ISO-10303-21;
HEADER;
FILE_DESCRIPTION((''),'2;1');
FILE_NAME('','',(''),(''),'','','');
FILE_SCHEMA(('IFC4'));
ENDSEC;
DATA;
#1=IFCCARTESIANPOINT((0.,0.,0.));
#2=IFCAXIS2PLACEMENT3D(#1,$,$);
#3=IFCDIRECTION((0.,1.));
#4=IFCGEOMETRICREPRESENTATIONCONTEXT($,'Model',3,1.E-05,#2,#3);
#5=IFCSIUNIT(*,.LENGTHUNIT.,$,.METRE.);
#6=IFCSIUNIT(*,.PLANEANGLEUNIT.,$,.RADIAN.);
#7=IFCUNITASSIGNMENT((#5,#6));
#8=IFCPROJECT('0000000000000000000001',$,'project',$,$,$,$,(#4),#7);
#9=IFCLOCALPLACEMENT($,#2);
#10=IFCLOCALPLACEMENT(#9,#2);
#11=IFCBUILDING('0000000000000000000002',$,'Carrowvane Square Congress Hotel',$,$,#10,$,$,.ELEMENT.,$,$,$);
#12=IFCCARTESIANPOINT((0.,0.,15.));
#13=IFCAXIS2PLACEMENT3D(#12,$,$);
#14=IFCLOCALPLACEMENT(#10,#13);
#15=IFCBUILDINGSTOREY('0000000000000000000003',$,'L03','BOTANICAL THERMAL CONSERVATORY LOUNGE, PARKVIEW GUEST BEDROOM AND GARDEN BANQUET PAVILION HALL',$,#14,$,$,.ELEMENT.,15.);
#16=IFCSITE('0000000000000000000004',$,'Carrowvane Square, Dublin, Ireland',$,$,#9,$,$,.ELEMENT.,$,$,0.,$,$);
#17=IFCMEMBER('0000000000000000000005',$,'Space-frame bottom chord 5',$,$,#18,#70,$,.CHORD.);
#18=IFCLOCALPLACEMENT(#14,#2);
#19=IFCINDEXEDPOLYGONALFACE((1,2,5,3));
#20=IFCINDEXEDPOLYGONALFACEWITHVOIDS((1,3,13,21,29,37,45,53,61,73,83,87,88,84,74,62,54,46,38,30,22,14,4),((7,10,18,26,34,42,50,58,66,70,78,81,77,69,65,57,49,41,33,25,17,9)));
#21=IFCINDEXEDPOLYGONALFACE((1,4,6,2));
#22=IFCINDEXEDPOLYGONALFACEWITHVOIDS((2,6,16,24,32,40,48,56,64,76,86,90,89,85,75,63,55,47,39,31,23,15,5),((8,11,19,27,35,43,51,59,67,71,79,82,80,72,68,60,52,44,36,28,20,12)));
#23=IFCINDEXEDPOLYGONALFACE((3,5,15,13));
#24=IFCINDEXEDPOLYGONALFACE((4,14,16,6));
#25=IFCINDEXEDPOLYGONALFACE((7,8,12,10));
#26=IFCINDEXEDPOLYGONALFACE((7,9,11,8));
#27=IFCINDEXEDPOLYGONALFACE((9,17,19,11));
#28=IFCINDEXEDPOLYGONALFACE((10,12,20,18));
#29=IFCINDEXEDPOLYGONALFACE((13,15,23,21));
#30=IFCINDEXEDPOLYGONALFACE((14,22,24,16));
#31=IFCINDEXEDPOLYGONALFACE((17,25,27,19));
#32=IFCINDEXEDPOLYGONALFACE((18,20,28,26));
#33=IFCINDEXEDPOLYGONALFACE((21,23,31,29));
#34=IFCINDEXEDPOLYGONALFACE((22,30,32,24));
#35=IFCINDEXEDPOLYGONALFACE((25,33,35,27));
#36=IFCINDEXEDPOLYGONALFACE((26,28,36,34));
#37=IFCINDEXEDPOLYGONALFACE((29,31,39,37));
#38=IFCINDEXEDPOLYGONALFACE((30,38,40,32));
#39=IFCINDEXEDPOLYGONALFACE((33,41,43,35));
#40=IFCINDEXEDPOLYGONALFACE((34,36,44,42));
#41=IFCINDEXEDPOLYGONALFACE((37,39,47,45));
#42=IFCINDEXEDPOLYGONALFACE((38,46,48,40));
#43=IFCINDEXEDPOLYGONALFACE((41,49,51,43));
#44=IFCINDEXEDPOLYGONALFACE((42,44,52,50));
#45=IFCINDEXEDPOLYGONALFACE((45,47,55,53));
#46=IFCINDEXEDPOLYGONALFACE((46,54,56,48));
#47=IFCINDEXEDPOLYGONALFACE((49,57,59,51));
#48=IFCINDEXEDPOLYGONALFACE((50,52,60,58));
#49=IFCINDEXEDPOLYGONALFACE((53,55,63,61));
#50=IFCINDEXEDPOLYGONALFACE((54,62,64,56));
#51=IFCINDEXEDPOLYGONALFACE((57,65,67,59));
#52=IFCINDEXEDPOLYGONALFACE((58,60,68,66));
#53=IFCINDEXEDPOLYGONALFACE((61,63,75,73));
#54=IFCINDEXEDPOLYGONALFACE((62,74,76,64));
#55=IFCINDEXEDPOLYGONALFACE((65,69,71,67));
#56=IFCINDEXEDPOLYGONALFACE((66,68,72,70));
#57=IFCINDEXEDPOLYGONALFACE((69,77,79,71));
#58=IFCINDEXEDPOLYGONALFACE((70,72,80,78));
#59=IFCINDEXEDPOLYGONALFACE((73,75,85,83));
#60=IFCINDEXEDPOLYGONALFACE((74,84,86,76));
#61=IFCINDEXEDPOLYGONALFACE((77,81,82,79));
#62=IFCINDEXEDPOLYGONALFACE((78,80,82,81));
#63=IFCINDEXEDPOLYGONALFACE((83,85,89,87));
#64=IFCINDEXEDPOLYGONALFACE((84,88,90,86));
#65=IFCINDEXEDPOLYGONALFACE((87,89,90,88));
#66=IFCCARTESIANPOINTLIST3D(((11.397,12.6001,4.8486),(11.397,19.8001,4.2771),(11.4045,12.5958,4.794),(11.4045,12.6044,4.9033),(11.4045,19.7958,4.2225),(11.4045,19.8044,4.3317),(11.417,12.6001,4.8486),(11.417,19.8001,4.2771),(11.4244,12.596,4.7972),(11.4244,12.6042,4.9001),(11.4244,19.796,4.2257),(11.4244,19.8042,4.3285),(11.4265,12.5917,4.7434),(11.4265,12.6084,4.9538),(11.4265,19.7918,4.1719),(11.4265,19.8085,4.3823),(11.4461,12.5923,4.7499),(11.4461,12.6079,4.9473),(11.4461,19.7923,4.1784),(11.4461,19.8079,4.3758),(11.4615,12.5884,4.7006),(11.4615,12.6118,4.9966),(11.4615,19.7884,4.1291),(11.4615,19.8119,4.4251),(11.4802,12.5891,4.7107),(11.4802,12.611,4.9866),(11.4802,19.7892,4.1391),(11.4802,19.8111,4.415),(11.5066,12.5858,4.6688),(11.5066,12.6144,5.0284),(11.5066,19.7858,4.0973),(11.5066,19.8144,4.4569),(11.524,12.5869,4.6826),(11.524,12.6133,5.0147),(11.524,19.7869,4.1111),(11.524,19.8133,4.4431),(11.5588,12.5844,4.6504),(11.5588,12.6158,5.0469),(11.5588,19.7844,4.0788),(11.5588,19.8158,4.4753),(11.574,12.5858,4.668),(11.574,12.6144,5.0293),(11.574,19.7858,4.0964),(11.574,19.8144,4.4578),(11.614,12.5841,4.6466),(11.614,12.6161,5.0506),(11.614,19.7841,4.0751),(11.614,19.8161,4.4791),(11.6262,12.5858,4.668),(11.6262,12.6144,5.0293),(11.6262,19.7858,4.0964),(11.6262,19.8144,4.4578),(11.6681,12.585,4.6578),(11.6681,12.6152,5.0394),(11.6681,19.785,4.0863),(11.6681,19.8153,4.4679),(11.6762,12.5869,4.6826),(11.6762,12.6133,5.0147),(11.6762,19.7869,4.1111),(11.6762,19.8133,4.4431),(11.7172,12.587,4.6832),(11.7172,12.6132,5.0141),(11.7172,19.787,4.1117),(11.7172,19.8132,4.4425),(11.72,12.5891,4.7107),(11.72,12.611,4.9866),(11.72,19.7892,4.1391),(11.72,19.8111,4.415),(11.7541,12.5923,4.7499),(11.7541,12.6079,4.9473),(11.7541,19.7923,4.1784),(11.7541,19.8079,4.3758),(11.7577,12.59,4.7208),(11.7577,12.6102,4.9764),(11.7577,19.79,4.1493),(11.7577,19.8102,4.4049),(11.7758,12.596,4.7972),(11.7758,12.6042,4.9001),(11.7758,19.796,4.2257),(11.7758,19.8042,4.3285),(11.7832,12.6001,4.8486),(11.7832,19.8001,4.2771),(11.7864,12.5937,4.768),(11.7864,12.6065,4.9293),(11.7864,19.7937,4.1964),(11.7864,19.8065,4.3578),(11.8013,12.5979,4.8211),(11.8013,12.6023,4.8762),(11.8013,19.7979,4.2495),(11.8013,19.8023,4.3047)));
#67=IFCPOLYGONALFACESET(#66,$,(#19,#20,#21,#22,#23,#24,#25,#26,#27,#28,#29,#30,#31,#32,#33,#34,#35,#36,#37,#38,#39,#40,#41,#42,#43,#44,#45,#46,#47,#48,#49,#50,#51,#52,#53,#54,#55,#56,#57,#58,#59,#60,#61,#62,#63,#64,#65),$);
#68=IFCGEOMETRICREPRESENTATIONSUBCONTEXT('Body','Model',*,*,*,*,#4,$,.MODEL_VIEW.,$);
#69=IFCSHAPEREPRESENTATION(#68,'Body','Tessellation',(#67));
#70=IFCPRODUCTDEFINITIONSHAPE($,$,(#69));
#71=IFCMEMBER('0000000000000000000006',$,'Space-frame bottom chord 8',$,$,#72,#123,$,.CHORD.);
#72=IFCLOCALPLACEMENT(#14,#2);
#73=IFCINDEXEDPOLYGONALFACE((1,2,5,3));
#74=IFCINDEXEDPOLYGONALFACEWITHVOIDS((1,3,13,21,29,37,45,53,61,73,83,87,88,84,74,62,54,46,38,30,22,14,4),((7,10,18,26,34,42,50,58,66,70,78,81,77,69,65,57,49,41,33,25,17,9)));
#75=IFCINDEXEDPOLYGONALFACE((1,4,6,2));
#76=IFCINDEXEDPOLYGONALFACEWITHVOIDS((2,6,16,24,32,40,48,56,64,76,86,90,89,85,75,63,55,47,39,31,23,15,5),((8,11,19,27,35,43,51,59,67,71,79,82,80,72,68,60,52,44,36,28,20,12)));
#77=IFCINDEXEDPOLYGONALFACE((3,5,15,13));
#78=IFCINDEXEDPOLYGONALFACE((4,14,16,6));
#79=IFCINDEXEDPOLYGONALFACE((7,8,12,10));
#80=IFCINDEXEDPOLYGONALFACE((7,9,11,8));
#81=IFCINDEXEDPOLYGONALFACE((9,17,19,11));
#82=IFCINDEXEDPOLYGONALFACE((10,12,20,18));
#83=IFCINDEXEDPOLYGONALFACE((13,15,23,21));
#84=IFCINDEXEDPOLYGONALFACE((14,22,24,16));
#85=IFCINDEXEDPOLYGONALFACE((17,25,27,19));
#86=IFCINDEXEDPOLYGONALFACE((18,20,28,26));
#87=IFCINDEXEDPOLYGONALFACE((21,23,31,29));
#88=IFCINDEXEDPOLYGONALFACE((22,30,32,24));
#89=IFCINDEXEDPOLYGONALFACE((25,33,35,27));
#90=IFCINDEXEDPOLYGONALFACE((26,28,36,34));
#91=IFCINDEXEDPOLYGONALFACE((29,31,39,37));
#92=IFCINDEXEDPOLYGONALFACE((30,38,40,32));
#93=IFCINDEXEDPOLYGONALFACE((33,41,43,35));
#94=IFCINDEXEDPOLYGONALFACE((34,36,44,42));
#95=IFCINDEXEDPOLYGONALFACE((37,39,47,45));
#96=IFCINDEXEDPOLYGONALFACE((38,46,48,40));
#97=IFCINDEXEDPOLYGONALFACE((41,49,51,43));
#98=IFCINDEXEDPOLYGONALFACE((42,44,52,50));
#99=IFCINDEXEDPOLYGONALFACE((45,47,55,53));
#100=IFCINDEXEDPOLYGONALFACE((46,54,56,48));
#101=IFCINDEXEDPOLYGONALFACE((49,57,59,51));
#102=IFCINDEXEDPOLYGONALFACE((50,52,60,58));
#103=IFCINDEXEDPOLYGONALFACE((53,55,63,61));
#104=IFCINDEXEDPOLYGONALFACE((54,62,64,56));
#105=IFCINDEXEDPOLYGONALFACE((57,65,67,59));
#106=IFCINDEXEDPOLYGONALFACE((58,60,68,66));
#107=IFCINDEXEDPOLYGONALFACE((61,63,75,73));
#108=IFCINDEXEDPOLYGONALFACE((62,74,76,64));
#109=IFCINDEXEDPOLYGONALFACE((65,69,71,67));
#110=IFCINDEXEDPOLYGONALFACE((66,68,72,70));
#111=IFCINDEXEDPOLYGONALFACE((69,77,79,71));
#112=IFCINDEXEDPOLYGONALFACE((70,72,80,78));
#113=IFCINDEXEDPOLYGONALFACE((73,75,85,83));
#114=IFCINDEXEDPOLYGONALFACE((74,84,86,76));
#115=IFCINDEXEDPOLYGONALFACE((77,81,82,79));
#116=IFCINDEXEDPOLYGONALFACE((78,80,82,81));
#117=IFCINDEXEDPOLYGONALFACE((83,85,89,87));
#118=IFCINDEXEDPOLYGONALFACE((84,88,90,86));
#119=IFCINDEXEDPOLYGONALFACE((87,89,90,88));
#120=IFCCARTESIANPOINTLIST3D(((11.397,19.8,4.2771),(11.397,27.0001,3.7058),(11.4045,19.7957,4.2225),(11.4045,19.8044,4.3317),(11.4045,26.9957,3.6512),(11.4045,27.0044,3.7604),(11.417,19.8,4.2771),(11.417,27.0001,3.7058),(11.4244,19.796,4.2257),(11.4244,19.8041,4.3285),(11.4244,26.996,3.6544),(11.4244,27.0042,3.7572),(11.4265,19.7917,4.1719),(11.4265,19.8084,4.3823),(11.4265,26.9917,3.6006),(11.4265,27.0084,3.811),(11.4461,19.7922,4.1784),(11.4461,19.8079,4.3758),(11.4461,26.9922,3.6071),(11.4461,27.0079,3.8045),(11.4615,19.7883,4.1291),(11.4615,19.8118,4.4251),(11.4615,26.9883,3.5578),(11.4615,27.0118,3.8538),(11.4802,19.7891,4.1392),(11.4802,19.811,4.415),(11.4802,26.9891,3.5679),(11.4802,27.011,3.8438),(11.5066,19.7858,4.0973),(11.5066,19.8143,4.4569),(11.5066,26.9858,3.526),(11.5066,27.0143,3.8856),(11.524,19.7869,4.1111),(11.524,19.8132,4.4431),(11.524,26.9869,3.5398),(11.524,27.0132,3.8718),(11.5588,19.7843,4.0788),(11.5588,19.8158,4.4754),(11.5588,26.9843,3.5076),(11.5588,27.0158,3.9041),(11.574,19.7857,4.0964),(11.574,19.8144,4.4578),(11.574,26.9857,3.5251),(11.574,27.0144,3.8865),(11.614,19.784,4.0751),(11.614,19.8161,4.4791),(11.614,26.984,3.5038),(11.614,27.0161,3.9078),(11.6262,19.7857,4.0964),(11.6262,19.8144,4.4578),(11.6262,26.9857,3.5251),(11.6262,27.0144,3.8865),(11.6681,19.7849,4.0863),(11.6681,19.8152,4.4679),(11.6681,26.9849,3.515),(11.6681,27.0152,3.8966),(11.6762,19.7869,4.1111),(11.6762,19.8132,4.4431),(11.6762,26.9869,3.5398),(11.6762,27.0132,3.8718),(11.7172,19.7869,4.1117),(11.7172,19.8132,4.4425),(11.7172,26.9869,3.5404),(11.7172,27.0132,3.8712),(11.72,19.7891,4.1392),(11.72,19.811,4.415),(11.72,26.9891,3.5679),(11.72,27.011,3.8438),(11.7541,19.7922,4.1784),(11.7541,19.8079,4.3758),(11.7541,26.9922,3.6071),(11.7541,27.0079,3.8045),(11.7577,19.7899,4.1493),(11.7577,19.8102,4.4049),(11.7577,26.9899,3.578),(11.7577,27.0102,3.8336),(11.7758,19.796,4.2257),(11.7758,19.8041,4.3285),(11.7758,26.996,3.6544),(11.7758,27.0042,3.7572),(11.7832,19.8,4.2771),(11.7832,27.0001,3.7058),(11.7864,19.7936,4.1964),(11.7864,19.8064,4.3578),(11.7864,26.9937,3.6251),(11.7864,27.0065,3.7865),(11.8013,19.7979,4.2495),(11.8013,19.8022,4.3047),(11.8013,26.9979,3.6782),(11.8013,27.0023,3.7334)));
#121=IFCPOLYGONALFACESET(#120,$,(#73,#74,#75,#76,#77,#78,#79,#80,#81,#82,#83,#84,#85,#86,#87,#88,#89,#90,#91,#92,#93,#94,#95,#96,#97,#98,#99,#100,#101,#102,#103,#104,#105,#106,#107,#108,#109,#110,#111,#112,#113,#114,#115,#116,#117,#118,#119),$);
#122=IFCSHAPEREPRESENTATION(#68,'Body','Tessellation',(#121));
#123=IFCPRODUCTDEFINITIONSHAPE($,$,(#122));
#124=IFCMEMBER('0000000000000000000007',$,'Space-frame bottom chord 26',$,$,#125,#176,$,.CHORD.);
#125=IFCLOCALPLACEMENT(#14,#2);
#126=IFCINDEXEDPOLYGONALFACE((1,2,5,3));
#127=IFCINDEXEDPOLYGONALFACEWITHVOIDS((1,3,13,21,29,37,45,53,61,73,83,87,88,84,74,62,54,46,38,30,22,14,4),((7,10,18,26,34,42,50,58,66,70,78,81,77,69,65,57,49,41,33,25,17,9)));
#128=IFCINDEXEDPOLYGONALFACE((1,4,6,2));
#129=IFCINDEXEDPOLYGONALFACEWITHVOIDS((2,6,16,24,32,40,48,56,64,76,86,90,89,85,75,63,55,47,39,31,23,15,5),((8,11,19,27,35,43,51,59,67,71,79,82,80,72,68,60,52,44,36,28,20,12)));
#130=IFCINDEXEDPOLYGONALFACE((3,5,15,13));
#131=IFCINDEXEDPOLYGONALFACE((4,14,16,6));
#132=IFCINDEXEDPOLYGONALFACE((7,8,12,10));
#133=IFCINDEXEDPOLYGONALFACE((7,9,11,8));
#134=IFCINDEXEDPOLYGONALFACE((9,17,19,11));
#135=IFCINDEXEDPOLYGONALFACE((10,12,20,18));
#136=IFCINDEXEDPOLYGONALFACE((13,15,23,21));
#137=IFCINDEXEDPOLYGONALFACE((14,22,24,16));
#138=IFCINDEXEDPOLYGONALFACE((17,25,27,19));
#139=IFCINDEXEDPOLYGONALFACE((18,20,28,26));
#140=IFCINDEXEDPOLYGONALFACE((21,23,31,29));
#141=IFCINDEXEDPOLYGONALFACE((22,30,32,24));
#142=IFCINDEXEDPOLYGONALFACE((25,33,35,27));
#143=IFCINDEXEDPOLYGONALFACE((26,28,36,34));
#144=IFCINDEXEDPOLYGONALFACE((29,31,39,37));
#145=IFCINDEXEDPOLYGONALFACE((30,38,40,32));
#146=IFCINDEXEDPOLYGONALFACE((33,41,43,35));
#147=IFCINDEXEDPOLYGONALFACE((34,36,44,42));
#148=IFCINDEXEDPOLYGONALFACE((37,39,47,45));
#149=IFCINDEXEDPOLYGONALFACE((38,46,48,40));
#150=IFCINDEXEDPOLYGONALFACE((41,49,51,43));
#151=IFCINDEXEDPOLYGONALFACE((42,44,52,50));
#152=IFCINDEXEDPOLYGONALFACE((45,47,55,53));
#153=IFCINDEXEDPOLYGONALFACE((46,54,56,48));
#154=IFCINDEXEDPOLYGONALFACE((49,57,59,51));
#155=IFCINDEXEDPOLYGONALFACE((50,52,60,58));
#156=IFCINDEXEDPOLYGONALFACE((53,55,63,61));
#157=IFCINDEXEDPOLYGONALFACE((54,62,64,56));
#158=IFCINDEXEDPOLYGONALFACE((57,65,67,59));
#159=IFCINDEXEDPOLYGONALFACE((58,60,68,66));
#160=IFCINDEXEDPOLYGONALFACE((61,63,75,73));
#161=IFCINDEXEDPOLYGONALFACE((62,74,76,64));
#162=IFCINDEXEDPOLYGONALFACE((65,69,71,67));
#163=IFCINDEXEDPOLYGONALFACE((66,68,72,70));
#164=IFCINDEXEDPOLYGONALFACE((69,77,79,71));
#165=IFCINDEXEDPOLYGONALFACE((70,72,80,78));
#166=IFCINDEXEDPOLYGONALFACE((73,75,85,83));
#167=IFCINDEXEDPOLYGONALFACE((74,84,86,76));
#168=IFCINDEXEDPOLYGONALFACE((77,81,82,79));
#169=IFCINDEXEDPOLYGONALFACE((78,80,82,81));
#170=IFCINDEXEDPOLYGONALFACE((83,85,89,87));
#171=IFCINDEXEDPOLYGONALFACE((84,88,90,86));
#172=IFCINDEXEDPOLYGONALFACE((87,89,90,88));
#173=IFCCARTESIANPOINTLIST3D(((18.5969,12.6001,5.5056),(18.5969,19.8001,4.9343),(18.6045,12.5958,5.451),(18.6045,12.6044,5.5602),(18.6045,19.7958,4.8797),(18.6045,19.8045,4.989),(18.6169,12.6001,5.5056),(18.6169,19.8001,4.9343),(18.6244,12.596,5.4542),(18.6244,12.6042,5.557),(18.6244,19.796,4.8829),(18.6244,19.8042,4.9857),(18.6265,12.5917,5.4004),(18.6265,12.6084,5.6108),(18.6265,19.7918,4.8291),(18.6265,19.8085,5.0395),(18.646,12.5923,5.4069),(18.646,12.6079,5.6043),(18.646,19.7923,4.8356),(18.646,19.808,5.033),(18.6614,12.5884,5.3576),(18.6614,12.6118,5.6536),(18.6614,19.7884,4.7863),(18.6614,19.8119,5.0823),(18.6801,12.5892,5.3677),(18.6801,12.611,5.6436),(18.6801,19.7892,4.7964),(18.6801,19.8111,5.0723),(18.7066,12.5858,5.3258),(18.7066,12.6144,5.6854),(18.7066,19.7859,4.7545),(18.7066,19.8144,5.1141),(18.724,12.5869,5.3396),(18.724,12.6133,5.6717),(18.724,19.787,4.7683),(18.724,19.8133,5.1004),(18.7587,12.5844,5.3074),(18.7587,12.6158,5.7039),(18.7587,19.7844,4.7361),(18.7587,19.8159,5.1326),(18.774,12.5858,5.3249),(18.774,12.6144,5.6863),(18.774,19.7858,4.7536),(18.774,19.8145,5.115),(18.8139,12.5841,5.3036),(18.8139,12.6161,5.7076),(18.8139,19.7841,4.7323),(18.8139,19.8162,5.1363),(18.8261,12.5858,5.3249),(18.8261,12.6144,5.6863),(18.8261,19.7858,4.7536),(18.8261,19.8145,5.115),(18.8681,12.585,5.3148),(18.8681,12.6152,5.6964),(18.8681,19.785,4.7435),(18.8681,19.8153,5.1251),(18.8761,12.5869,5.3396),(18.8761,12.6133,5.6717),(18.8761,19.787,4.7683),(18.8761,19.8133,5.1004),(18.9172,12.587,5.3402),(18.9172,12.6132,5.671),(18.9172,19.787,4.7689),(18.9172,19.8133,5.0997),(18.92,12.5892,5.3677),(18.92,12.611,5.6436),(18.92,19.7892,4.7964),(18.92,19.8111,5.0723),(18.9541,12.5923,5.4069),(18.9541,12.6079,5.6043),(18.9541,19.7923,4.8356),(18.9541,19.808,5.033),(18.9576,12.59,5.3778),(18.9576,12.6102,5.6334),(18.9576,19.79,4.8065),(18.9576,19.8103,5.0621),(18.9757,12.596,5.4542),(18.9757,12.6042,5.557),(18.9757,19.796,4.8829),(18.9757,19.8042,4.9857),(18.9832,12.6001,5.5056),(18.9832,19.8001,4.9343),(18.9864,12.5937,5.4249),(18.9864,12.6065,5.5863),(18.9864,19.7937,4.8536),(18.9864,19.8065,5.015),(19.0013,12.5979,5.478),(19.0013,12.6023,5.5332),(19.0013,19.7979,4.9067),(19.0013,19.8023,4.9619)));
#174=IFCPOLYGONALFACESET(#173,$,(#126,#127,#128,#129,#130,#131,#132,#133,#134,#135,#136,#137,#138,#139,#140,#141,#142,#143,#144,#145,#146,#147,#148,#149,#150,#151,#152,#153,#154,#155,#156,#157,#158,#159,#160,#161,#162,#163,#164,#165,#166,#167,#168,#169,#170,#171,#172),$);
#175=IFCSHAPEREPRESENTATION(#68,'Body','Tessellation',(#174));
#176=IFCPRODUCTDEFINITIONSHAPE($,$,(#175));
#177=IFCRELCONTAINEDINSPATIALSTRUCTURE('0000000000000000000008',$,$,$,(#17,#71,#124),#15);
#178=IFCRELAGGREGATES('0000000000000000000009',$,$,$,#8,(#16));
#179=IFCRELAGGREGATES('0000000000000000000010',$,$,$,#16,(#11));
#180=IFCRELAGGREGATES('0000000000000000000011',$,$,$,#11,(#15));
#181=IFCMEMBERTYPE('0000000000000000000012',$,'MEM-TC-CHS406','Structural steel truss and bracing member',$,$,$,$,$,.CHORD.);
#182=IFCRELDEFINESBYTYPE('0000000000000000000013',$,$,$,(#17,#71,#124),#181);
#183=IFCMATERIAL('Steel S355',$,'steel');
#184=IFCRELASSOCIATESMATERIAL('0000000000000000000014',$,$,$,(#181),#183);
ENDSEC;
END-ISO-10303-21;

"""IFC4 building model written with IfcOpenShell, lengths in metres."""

from ifc_helpers import new_model, si_unit, direction, frame, origin, origin_2d, place, context, subcontext, project, spatial, hollow_circle, extrude, material, material_profile, profile_set, type_object, element, save


model = new_model("IFC4")

# Units and contexts
model_context = context("Model", 3, precision=1e-05, world=origin(), true_north=direction((0.0, 1.0)))
body_context = subcontext(model_context, "Body", "Model", "MODEL_VIEW")
ifc_project = project(units=[si_unit("LENGTHUNIT", "METRE"), si_unit("PLANEANGLEUNIT", "RADIAN")], contexts=[model_context])

# Site, building, storey
site_placement = place(None, origin())
site = spatial("IfcSite", under=ifc_project, at=site_placement, Name="Carrowvane Square, Dublin, Ireland", CompositionType="ELEMENT", RefElevation=0.0)
building_placement = place(site_placement, origin())
building = spatial("IfcBuilding", under=site, at=building_placement, Name="Carrowvane Square Congress Hotel", CompositionType="ELEMENT")
storey_placement = place(building_placement, frame((0.0, 0.0, 15.0)))
storey = spatial("IfcBuildingStorey", under=building, at=storey_placement, Name="L03", Description="BOTANICAL THERMAL CONSERVATORY LOUNGE, PARKVIEW GUEST BEDROOM AND GARDEN BANQUET PAVILION HALL", CompositionType="ELEMENT", Elevation=15.0)

# Members
ifc_material_1 = material(Name="Steel S355", Category="steel")
ifc_material_profile_1 = material_profile(ifc_material_1, hollow_circle(Radius=0.2031, WallThickness=0.02, at=origin_2d()), Name="CHS 406.4x20")
ifc_profile_set_1 = profile_set([ifc_material_profile_1], Name="Steel S355")
member_type_1 = type_object("IfcMemberType", Name="MEM-TC-CHS406", Description="Structural steel truss and bracing member", PredefinedType="CHORD", material=ifc_profile_set_1)
for number, where, z_axis, x_axis, name in (
    (1, (11.6001, 12.6001, 4.8486), (0.0, 0.996864, -0.079131), (-1.0, 0.0, 0.0), "Space-frame bottom chord 5"),
    (2, (11.6001, 19.8, 4.2771), (0.0, 0.996867, -0.079098), (-1.0, 0.0, 0.0), "Space-frame bottom chord 8"),
    (3, (18.8, 12.6001, 5.5056), (0.0, 0.996867, -0.079098), (-1.0, 0.0, 0.0), "Space-frame bottom chord 26"),
):
    element("IfcMember", number, at=place(storey_placement, frame(where, z_axis=z_axis, x_axis=x_axis)), inside=storey, type_object=member_type_1, Name=name, PredefinedType="CHORD", context=body_context, shape_type="SweptSolid", body=[
        extrude(hollow_circle(Radius=0.2031, WallThickness=0.02, at=origin_2d()), origin(), (0.0, 0.0, 1.0), 7.2227),
    ])

save(model, "model.ifc")
